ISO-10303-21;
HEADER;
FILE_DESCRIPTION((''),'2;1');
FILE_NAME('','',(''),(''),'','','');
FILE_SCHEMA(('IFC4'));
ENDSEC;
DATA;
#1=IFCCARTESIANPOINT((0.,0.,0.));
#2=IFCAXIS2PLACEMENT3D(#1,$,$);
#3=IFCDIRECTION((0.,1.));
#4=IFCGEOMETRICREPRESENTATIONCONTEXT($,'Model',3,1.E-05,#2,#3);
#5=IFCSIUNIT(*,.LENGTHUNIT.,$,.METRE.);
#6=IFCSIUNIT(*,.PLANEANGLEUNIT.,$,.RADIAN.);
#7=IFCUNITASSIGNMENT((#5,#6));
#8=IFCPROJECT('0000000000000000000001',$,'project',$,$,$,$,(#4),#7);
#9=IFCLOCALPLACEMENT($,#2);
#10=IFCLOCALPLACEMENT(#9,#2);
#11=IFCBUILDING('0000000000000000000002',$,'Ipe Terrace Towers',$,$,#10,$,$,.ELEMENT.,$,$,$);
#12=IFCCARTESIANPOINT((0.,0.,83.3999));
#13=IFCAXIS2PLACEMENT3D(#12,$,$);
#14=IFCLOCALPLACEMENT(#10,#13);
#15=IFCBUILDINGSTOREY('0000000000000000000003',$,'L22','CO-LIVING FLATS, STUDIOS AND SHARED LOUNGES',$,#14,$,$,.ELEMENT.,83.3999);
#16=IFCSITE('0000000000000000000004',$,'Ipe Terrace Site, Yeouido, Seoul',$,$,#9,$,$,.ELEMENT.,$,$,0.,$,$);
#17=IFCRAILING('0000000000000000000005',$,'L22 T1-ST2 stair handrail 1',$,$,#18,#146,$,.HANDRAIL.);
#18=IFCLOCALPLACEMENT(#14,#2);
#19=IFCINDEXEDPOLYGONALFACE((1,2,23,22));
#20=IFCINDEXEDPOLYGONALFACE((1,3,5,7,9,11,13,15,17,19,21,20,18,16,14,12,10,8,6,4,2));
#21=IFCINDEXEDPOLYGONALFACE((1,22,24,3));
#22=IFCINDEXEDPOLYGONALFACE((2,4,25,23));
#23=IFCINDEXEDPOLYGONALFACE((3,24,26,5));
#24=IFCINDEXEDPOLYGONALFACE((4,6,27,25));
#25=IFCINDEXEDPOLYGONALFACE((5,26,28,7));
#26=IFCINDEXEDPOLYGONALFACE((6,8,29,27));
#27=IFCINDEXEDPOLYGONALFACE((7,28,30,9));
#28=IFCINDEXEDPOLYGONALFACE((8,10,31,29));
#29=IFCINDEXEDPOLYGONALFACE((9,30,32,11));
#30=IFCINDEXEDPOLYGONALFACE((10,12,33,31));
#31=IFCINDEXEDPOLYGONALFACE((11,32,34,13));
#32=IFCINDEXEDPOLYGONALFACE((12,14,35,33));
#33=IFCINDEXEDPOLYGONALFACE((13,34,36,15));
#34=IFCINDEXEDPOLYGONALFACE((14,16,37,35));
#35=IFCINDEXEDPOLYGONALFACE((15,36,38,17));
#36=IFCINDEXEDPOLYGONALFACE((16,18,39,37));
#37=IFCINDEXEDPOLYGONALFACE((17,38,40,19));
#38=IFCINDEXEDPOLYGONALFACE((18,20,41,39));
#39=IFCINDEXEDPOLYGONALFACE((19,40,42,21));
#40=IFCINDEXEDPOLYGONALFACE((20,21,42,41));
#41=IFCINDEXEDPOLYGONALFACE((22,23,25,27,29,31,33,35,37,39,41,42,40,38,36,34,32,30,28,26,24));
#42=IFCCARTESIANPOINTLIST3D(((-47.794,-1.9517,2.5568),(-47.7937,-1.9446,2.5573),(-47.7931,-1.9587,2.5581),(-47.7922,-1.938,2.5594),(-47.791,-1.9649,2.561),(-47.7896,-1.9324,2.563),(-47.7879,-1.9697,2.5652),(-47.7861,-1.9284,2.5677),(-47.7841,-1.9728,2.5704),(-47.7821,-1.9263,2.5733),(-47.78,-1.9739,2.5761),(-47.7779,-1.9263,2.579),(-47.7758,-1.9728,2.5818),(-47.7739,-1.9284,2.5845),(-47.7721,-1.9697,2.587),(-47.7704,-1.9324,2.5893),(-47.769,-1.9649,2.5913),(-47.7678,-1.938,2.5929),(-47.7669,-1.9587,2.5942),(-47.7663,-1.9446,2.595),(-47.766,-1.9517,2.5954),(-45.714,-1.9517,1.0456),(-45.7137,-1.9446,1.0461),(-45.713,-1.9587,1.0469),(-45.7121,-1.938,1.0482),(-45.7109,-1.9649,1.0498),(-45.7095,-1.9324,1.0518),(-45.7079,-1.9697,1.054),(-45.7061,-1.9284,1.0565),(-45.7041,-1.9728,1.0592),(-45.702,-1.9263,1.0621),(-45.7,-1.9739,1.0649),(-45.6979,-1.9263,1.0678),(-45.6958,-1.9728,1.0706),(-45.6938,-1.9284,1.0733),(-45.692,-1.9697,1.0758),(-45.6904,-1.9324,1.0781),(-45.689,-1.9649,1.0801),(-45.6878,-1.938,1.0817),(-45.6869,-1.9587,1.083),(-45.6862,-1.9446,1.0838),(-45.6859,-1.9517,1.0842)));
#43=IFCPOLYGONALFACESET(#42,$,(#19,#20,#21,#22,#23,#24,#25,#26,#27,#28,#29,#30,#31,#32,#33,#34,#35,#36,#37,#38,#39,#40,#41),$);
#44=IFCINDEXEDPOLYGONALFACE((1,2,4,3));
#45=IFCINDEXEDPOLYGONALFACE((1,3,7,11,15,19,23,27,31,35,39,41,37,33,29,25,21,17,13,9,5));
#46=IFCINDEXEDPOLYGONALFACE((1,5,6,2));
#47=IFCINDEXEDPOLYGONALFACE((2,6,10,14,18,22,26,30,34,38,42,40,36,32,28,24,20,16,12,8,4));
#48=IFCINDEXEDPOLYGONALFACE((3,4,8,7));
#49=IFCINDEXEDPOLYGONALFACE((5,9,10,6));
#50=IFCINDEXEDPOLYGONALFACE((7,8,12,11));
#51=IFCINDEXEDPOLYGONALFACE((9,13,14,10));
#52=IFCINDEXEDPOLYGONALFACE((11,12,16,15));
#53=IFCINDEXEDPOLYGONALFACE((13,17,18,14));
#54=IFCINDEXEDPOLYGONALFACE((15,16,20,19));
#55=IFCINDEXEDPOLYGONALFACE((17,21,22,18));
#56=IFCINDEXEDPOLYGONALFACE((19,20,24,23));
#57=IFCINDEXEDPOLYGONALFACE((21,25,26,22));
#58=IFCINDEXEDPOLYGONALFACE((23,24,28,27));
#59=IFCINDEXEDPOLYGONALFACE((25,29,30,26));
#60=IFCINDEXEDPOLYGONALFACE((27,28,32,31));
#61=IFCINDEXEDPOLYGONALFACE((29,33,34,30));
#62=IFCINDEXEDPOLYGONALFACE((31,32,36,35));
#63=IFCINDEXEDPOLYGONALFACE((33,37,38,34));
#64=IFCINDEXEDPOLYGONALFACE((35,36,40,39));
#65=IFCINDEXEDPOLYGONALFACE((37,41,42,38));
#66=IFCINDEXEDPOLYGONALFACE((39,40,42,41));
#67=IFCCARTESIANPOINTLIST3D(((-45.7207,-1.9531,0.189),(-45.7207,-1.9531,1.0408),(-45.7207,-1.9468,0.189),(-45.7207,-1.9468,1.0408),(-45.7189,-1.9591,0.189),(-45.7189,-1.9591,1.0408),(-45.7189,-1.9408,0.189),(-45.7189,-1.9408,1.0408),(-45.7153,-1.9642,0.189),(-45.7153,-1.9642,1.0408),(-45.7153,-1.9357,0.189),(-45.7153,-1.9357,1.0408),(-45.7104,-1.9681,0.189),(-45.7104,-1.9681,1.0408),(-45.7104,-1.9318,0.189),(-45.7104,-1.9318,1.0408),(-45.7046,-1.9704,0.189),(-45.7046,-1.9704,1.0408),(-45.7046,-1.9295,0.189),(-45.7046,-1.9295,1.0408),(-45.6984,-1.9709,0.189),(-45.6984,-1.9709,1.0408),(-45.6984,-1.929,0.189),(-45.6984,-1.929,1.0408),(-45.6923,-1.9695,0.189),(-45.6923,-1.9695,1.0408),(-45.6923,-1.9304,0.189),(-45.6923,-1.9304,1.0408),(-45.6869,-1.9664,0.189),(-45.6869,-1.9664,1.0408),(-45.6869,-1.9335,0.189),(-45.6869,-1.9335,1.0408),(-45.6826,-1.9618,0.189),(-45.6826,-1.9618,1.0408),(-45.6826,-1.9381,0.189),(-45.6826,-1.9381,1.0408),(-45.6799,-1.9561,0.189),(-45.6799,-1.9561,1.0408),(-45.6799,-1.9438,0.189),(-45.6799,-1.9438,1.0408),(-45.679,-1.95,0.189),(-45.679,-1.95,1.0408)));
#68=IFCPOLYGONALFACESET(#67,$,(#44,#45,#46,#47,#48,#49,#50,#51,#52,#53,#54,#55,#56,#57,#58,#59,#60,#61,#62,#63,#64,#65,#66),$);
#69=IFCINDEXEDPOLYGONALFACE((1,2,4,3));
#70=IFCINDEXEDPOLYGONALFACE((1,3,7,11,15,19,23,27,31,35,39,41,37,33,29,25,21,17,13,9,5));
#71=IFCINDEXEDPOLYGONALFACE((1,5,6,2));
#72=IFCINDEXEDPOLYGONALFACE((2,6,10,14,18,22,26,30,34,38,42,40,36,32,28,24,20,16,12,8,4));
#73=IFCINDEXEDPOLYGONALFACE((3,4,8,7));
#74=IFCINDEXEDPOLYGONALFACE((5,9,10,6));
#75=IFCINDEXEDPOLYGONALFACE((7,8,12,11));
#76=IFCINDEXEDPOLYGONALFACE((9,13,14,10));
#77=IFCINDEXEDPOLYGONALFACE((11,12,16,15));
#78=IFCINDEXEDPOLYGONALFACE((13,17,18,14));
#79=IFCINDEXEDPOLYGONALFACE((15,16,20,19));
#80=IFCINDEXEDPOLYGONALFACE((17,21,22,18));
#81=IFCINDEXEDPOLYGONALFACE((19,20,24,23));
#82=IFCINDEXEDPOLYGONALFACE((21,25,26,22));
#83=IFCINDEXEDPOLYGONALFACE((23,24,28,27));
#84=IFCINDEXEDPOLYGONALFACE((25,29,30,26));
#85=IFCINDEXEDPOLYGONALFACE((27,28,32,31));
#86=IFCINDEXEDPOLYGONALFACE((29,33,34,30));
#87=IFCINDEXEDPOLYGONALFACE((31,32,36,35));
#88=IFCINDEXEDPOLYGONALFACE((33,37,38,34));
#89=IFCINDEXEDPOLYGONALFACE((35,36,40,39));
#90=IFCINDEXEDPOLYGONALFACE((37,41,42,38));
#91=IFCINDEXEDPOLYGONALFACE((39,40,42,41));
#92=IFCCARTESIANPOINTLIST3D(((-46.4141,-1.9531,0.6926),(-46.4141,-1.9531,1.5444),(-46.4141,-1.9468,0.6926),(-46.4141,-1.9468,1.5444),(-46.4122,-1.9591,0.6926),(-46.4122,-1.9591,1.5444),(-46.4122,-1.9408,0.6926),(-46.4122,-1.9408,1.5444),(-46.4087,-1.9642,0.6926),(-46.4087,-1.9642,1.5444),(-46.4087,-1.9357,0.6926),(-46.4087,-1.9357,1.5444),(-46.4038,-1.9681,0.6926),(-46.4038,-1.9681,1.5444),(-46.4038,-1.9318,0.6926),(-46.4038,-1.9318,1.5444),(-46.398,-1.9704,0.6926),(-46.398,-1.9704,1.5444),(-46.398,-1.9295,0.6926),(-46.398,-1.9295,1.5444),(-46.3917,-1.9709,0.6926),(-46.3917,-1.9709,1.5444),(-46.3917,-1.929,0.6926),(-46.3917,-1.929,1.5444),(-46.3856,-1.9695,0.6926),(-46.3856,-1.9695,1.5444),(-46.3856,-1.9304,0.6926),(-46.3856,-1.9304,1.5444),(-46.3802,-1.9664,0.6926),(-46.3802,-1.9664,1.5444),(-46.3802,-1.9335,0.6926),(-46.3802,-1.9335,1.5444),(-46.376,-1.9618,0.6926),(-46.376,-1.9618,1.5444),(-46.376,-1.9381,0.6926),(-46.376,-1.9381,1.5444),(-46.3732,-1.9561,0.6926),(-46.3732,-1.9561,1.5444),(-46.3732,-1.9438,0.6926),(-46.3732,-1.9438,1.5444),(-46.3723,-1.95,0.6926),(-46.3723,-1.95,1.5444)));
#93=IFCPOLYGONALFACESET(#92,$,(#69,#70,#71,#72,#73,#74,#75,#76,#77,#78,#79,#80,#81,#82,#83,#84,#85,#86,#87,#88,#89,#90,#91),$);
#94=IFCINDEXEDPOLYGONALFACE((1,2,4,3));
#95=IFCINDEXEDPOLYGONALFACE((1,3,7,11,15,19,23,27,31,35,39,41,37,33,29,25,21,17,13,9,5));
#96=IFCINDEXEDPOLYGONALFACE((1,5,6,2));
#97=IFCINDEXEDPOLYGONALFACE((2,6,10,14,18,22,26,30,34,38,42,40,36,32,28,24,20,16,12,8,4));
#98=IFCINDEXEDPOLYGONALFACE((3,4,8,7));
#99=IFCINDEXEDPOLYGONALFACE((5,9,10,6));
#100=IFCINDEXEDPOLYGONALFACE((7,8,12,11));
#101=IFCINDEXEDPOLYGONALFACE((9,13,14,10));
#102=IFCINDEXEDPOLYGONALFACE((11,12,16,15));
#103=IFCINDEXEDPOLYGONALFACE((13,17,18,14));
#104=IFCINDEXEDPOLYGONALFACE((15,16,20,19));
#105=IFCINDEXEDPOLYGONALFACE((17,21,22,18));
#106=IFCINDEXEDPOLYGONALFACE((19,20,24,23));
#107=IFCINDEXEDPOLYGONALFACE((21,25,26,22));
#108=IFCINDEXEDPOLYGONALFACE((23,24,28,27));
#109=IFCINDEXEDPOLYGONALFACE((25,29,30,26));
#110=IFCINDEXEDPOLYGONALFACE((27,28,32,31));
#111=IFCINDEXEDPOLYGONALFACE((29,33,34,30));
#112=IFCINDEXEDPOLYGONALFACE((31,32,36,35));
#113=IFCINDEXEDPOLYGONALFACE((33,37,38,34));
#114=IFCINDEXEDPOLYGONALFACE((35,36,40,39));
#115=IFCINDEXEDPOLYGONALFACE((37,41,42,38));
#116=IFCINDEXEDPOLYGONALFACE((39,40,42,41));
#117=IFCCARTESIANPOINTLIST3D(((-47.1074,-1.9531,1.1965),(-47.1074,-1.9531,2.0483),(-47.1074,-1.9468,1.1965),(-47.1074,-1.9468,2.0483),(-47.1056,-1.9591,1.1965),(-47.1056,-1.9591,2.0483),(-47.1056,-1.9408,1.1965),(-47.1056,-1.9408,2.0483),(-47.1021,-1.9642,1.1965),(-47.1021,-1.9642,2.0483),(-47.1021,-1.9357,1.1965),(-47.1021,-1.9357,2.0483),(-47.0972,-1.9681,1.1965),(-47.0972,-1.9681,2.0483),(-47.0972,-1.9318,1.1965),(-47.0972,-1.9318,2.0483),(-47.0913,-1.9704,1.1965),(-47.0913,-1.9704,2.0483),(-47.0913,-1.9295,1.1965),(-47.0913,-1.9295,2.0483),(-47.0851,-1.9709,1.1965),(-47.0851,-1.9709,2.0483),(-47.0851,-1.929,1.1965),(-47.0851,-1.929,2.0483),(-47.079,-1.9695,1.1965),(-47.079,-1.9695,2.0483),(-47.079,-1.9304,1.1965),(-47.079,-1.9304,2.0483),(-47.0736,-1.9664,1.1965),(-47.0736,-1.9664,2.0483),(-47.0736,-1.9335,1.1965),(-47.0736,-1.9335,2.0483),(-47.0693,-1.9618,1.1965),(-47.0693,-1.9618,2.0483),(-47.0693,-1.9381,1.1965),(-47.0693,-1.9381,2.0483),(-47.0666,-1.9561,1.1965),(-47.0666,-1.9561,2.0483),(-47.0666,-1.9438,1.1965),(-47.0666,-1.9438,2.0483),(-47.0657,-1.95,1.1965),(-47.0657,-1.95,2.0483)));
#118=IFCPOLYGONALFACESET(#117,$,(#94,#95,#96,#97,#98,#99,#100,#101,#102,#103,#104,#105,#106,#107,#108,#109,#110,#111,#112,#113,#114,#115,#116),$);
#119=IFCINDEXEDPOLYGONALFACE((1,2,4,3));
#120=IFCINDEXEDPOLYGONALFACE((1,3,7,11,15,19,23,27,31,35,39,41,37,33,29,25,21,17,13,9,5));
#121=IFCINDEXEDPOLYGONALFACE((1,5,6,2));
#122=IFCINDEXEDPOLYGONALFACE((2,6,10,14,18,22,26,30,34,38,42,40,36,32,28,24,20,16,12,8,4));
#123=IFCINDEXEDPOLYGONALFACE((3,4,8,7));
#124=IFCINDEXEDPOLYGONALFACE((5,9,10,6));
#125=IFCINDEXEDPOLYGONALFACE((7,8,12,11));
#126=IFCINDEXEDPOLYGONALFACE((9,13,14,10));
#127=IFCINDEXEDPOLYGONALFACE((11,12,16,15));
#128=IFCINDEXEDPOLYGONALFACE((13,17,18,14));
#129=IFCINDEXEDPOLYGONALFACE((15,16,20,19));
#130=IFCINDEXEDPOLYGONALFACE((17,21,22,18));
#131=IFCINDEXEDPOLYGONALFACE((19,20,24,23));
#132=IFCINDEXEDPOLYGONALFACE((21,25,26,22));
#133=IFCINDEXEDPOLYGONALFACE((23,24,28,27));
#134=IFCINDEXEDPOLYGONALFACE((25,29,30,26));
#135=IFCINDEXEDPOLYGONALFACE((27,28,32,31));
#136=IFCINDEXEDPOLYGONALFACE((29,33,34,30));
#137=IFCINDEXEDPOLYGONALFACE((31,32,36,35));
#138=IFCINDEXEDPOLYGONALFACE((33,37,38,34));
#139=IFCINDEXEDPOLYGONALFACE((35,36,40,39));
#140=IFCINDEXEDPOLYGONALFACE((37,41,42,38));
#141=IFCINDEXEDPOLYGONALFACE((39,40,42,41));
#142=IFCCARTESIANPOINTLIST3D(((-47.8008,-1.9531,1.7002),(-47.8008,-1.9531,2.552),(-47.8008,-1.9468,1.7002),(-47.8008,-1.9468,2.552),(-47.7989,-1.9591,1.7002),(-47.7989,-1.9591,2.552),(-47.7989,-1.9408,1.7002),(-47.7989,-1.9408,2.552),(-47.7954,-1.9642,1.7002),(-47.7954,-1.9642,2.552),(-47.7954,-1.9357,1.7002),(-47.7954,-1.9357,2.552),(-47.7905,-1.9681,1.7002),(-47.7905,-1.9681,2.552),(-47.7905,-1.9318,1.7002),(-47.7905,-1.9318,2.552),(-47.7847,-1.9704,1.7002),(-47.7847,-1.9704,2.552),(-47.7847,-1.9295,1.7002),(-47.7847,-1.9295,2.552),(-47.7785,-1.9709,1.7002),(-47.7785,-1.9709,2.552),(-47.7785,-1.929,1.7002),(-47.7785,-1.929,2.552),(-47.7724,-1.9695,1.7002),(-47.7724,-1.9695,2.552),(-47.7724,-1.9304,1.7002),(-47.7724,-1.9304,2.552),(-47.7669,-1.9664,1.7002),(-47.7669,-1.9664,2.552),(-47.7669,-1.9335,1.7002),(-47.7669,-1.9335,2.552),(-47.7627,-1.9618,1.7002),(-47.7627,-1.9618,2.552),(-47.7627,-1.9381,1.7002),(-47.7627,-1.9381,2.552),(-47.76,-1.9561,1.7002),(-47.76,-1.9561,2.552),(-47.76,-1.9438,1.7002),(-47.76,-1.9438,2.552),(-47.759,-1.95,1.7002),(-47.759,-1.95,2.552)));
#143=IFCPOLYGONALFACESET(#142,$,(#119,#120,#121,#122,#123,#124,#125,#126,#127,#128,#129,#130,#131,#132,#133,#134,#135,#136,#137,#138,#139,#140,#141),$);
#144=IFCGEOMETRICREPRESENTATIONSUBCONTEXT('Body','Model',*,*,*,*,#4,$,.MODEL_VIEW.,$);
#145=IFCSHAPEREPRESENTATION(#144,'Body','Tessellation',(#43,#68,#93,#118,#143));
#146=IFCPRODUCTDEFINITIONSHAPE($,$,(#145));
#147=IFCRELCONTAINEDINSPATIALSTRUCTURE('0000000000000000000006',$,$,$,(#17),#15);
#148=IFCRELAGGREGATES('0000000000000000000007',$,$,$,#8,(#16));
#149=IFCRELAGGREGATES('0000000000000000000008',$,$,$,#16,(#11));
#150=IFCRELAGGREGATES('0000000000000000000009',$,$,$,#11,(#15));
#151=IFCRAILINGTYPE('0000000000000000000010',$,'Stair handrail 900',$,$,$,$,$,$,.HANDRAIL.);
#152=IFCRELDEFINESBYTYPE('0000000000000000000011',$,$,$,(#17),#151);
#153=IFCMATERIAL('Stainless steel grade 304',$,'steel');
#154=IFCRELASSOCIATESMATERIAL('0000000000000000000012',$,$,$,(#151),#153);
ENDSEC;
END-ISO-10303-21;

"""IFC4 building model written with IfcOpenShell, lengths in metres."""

from ifc_helpers import new_model, si_unit, direction, frame, origin, origin_2d, place, context, subcontext, project, spatial, circle, extrude, material, type_object, element, save


model = new_model("IFC4")

# Units and contexts
model_context = context("Model", 3, precision=1e-05, world=origin(), true_north=direction((0.0, 1.0)))
body_context = subcontext(model_context, "Body", "Model", "MODEL_VIEW")
ifc_project = project(units=[si_unit("LENGTHUNIT", "METRE"), si_unit("PLANEANGLEUNIT", "RADIAN")], contexts=[model_context])

# Site, building, storey
site_placement = place(None, origin())
site = spatial("IfcSite", under=ifc_project, at=site_placement, Name="Ipe Terrace Site, Yeouido, Seoul", CompositionType="ELEMENT", RefElevation=0.0)
building_placement = place(site_placement, origin())
building = spatial("IfcBuilding", under=site, at=building_placement, Name="Ipe Terrace Towers", CompositionType="ELEMENT")
storey_placement = place(building_placement, frame((0.0, 0.0, 83.3999)))
storey = spatial("IfcBuildingStorey", under=building, at=storey_placement, Name="L22", Description="CO-LIVING FLATS, STUDIOS AND SHARED LOUNGES", CompositionType="ELEMENT", Elevation=83.3999)

# Railing
ifc_material_1 = material(Name="Stainless steel grade 304", Category="steel")
railing_type_1 = type_object("IfcRailingType", Name="Stair handrail 900", PredefinedType="HANDRAIL", material=ifc_material_1)
railing_1_placement = place(storey_placement, frame((-45.7, -1.95, 0.189)))
element("IfcRailing", 1, at=railing_1_placement, inside=storey, type_object=railing_type_1, Name="L22 T1-ST2 stair handrail 1", PredefinedType="HANDRAIL", context=body_context, shape_type="SweptSolid", body=[
    extrude(circle(Radius=0.0239, at=origin_2d()), frame((0.0, 0.0, 0.876), z_axis=(-0.809023, 0.0, 0.587776), x_axis=(0.0, -1.0, 0.0)), (0.0, 0.0, 1.0), 2.571),
    extrude(circle(Radius=0.021, at=origin_2d()), origin(), (0.0, 0.0, 1.0), 0.8518),
    extrude(circle(Radius=0.021, at=origin_2d()), frame((-0.6934, 0.0, 0.5037)), (0.0, 0.0, 1.0), 0.8518),
    extrude(circle(Radius=0.021, at=origin_2d()), frame((-1.3867, 0.0, 1.0076)), (0.0, 0.0, 1.0), 0.8518),
    extrude(circle(Radius=0.021, at=origin_2d()), frame((-2.0801, 0.0, 1.5112)), (0.0, 0.0, 1.0), 0.8518),
])

save(model, "model.ifc")
